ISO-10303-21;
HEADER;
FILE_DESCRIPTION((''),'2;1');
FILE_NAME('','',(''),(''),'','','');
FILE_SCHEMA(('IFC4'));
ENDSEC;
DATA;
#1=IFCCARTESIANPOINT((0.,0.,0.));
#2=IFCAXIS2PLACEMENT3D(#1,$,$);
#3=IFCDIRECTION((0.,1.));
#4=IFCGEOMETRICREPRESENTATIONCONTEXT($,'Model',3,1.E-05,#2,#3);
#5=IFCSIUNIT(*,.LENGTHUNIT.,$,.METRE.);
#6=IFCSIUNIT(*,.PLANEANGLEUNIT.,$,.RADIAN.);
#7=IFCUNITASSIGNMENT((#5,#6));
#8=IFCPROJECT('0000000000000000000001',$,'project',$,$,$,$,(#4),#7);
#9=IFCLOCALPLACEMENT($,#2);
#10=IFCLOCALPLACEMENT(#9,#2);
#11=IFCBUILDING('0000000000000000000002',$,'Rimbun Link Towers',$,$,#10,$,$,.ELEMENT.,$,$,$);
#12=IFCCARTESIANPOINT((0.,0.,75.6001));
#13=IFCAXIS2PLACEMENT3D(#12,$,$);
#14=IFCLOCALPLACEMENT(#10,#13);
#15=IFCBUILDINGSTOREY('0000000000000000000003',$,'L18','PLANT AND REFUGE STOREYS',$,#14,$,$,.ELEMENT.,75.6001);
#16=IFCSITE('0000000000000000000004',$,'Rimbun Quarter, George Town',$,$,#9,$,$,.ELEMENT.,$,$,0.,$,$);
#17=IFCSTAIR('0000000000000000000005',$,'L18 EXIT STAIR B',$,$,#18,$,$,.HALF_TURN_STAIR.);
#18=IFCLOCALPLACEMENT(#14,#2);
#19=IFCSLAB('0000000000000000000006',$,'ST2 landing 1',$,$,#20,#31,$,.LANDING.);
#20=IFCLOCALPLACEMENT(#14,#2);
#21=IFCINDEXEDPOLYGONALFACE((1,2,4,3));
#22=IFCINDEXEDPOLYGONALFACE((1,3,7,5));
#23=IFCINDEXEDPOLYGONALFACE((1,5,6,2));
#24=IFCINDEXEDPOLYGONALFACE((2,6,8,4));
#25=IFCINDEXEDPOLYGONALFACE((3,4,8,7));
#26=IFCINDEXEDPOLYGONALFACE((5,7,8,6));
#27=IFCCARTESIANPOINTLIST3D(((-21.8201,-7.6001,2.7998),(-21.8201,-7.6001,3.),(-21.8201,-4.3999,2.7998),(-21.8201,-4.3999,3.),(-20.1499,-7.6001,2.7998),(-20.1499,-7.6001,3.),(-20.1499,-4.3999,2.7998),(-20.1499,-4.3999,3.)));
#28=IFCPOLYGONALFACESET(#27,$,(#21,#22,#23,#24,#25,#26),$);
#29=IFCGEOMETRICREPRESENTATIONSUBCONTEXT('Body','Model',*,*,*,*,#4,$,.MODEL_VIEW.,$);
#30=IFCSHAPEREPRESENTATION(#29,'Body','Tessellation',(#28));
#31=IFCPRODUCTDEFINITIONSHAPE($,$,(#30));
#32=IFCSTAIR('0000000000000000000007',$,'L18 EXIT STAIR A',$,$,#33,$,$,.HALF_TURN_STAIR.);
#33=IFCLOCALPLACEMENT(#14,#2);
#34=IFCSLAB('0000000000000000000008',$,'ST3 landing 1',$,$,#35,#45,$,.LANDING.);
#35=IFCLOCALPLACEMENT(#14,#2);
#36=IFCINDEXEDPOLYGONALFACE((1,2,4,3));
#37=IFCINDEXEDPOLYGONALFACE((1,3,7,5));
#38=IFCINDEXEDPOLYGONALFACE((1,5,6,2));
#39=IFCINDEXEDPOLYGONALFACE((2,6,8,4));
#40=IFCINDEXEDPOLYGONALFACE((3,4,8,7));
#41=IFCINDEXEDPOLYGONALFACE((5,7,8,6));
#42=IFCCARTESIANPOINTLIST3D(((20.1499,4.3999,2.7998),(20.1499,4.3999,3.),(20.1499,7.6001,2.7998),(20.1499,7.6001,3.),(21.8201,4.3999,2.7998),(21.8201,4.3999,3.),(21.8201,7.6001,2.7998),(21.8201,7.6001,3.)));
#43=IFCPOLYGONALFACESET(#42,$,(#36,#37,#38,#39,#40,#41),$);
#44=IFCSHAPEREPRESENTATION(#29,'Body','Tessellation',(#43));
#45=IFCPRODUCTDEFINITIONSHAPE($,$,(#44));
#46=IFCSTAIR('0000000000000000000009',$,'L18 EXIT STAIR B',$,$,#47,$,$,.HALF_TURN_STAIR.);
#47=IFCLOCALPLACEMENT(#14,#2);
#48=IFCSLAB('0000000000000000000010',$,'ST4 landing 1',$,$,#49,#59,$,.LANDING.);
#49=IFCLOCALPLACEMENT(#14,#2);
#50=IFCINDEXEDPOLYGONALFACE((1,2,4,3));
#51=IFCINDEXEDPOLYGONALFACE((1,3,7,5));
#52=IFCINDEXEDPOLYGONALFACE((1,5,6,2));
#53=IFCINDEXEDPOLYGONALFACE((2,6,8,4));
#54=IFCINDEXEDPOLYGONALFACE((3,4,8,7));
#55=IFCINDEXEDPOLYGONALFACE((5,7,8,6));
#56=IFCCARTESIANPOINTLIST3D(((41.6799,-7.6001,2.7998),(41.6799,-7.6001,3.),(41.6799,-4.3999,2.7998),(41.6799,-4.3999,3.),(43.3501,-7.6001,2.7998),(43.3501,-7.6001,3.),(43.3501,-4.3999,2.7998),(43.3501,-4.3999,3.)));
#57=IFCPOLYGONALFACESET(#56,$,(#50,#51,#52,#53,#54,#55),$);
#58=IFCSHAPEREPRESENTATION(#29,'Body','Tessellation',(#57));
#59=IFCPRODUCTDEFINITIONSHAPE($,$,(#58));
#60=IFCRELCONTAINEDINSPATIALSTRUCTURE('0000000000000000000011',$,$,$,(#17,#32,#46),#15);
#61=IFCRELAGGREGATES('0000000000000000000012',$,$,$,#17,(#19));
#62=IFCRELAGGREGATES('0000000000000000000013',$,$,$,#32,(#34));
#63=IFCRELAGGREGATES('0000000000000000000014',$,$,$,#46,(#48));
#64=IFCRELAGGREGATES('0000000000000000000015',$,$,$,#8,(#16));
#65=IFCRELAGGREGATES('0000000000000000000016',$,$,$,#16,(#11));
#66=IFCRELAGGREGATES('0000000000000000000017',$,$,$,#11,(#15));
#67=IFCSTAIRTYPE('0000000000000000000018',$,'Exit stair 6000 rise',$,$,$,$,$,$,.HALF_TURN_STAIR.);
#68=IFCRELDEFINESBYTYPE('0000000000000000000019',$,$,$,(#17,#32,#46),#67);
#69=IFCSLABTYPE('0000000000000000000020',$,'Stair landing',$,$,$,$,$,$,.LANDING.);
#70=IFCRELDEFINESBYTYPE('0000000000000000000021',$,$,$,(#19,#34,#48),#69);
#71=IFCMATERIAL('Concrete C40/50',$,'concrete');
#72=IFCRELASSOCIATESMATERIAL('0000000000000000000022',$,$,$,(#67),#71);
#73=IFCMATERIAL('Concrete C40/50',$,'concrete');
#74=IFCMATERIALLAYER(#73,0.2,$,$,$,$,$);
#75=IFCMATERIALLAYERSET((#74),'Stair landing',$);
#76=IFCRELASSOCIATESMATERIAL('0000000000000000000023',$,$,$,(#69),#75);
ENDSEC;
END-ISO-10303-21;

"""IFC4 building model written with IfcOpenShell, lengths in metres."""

from ifc_helpers import new_model, si_unit, direction, frame, origin, place, context, subcontext, project, spatial, polyline, outline, extrude, material, layer, layer_set, type_object, element, aggregate, save


model = new_model("IFC4")

# Units and contexts
model_context = context("Model", 3, precision=1e-05, world=origin(), true_north=direction((0.0, 1.0)))
body_context = subcontext(model_context, "Body", "Model", "MODEL_VIEW")
ifc_project = project(units=[si_unit("LENGTHUNIT", "METRE"), si_unit("PLANEANGLEUNIT", "RADIAN")], contexts=[model_context])

# Site, building, storey
site_placement = place(None, origin())
site = spatial("IfcSite", under=ifc_project, at=site_placement, Name="Rimbun Quarter, George Town", CompositionType="ELEMENT", RefElevation=0.0)
building_placement = place(site_placement, origin())
building = spatial("IfcBuilding", under=site, at=building_placement, Name="Rimbun Link Towers", CompositionType="ELEMENT")
storey_placement = place(building_placement, frame((0.0, 0.0, 75.6001)))
storey = spatial("IfcBuildingStorey", under=building, at=storey_placement, Name="L18", Description="PLANT AND REFUGE STOREYS", CompositionType="ELEMENT", Elevation=75.6001)

# Stairs, slabs
ifc_material_1 = material(Name="Concrete C40/50", Category="concrete")
stair_type = type_object("IfcStairType", Name="Exit stair 6000 rise", PredefinedType="HALF_TURN_STAIR", material=ifc_material_1)
ifc_material_2 = material(Name="Concrete C40/50", Category="concrete")
ifc_layer_1 = layer(ifc_material_2, 0.2)
ifc_layer_set_1 = layer_set([ifc_layer_1], Name="Stair landing")
slab_type_1 = type_object("IfcSlabType", Name="Stair landing", PredefinedType="LANDING", material=ifc_layer_set_1)
stair_1_placement = place(storey_placement, origin())
stair_1 = element("IfcStair", 1, at=stair_1_placement, inside=storey, type_object=stair_type, Name="L18 EXIT STAIR B", PredefinedType="HALF_TURN_STAIR")
slab_1_placement = place(storey_placement, frame((0.0, 0.0, 2.7998)))
slab_1 = element("IfcSlab", 2, at=slab_1_placement, type_object=slab_type_1, Name="ST2 landing 1", PredefinedType="LANDING", context=body_context, shape_type="SweptSolid", body=[
    extrude(outline(polyline([(-21.8201, -7.6001), (-20.1499, -7.6001), (-20.1499, -4.3999), (-21.8201, -4.3999), (-21.8201, -7.6001)])), origin(), (0.0, 0.0, 1.0), 0.2002),
])
aggregate(stair_1, [slab_1])
stair_2_placement = place(storey_placement, origin())
stair_2 = element("IfcStair", 3, at=stair_2_placement, inside=storey, type_object=stair_type, Name="L18 EXIT STAIR A", PredefinedType="HALF_TURN_STAIR")
slab_2_placement = place(storey_placement, frame((0.0, 0.0, 2.7998)))
slab_2 = element("IfcSlab", 4, at=slab_2_placement, type_object=slab_type_1, Name="ST3 landing 1", PredefinedType="LANDING", context=body_context, shape_type="SweptSolid", body=[
    extrude(outline(polyline([(21.8201, 7.6001), (20.1499, 7.6001), (20.1499, 4.3999), (21.8201, 4.3999), (21.8201, 7.6001)])), origin(), (0.0, 0.0, 1.0), 0.2002),
])
aggregate(stair_2, [slab_2])
stair_3_placement = place(storey_placement, origin())
stair_3 = element("IfcStair", 5, at=stair_3_placement, inside=storey, type_object=stair_type, Name="L18 EXIT STAIR B", PredefinedType="HALF_TURN_STAIR")
slab_3_placement = place(storey_placement, frame((0.0, 0.0, 2.7998)))
slab_3 = element("IfcSlab", 6, at=slab_3_placement, type_object=slab_type_1, Name="ST4 landing 1", PredefinedType="LANDING", context=body_context, shape_type="SweptSolid", body=[
    extrude(outline(polyline([(41.6799, -7.6001), (43.3501, -7.6001), (43.3501, -4.3999), (41.6799, -4.3999), (41.6799, -7.6001)])), origin(), (0.0, 0.0, 1.0), 0.2002),
])
aggregate(stair_3, [slab_3])

save(model, "model.ifc")
